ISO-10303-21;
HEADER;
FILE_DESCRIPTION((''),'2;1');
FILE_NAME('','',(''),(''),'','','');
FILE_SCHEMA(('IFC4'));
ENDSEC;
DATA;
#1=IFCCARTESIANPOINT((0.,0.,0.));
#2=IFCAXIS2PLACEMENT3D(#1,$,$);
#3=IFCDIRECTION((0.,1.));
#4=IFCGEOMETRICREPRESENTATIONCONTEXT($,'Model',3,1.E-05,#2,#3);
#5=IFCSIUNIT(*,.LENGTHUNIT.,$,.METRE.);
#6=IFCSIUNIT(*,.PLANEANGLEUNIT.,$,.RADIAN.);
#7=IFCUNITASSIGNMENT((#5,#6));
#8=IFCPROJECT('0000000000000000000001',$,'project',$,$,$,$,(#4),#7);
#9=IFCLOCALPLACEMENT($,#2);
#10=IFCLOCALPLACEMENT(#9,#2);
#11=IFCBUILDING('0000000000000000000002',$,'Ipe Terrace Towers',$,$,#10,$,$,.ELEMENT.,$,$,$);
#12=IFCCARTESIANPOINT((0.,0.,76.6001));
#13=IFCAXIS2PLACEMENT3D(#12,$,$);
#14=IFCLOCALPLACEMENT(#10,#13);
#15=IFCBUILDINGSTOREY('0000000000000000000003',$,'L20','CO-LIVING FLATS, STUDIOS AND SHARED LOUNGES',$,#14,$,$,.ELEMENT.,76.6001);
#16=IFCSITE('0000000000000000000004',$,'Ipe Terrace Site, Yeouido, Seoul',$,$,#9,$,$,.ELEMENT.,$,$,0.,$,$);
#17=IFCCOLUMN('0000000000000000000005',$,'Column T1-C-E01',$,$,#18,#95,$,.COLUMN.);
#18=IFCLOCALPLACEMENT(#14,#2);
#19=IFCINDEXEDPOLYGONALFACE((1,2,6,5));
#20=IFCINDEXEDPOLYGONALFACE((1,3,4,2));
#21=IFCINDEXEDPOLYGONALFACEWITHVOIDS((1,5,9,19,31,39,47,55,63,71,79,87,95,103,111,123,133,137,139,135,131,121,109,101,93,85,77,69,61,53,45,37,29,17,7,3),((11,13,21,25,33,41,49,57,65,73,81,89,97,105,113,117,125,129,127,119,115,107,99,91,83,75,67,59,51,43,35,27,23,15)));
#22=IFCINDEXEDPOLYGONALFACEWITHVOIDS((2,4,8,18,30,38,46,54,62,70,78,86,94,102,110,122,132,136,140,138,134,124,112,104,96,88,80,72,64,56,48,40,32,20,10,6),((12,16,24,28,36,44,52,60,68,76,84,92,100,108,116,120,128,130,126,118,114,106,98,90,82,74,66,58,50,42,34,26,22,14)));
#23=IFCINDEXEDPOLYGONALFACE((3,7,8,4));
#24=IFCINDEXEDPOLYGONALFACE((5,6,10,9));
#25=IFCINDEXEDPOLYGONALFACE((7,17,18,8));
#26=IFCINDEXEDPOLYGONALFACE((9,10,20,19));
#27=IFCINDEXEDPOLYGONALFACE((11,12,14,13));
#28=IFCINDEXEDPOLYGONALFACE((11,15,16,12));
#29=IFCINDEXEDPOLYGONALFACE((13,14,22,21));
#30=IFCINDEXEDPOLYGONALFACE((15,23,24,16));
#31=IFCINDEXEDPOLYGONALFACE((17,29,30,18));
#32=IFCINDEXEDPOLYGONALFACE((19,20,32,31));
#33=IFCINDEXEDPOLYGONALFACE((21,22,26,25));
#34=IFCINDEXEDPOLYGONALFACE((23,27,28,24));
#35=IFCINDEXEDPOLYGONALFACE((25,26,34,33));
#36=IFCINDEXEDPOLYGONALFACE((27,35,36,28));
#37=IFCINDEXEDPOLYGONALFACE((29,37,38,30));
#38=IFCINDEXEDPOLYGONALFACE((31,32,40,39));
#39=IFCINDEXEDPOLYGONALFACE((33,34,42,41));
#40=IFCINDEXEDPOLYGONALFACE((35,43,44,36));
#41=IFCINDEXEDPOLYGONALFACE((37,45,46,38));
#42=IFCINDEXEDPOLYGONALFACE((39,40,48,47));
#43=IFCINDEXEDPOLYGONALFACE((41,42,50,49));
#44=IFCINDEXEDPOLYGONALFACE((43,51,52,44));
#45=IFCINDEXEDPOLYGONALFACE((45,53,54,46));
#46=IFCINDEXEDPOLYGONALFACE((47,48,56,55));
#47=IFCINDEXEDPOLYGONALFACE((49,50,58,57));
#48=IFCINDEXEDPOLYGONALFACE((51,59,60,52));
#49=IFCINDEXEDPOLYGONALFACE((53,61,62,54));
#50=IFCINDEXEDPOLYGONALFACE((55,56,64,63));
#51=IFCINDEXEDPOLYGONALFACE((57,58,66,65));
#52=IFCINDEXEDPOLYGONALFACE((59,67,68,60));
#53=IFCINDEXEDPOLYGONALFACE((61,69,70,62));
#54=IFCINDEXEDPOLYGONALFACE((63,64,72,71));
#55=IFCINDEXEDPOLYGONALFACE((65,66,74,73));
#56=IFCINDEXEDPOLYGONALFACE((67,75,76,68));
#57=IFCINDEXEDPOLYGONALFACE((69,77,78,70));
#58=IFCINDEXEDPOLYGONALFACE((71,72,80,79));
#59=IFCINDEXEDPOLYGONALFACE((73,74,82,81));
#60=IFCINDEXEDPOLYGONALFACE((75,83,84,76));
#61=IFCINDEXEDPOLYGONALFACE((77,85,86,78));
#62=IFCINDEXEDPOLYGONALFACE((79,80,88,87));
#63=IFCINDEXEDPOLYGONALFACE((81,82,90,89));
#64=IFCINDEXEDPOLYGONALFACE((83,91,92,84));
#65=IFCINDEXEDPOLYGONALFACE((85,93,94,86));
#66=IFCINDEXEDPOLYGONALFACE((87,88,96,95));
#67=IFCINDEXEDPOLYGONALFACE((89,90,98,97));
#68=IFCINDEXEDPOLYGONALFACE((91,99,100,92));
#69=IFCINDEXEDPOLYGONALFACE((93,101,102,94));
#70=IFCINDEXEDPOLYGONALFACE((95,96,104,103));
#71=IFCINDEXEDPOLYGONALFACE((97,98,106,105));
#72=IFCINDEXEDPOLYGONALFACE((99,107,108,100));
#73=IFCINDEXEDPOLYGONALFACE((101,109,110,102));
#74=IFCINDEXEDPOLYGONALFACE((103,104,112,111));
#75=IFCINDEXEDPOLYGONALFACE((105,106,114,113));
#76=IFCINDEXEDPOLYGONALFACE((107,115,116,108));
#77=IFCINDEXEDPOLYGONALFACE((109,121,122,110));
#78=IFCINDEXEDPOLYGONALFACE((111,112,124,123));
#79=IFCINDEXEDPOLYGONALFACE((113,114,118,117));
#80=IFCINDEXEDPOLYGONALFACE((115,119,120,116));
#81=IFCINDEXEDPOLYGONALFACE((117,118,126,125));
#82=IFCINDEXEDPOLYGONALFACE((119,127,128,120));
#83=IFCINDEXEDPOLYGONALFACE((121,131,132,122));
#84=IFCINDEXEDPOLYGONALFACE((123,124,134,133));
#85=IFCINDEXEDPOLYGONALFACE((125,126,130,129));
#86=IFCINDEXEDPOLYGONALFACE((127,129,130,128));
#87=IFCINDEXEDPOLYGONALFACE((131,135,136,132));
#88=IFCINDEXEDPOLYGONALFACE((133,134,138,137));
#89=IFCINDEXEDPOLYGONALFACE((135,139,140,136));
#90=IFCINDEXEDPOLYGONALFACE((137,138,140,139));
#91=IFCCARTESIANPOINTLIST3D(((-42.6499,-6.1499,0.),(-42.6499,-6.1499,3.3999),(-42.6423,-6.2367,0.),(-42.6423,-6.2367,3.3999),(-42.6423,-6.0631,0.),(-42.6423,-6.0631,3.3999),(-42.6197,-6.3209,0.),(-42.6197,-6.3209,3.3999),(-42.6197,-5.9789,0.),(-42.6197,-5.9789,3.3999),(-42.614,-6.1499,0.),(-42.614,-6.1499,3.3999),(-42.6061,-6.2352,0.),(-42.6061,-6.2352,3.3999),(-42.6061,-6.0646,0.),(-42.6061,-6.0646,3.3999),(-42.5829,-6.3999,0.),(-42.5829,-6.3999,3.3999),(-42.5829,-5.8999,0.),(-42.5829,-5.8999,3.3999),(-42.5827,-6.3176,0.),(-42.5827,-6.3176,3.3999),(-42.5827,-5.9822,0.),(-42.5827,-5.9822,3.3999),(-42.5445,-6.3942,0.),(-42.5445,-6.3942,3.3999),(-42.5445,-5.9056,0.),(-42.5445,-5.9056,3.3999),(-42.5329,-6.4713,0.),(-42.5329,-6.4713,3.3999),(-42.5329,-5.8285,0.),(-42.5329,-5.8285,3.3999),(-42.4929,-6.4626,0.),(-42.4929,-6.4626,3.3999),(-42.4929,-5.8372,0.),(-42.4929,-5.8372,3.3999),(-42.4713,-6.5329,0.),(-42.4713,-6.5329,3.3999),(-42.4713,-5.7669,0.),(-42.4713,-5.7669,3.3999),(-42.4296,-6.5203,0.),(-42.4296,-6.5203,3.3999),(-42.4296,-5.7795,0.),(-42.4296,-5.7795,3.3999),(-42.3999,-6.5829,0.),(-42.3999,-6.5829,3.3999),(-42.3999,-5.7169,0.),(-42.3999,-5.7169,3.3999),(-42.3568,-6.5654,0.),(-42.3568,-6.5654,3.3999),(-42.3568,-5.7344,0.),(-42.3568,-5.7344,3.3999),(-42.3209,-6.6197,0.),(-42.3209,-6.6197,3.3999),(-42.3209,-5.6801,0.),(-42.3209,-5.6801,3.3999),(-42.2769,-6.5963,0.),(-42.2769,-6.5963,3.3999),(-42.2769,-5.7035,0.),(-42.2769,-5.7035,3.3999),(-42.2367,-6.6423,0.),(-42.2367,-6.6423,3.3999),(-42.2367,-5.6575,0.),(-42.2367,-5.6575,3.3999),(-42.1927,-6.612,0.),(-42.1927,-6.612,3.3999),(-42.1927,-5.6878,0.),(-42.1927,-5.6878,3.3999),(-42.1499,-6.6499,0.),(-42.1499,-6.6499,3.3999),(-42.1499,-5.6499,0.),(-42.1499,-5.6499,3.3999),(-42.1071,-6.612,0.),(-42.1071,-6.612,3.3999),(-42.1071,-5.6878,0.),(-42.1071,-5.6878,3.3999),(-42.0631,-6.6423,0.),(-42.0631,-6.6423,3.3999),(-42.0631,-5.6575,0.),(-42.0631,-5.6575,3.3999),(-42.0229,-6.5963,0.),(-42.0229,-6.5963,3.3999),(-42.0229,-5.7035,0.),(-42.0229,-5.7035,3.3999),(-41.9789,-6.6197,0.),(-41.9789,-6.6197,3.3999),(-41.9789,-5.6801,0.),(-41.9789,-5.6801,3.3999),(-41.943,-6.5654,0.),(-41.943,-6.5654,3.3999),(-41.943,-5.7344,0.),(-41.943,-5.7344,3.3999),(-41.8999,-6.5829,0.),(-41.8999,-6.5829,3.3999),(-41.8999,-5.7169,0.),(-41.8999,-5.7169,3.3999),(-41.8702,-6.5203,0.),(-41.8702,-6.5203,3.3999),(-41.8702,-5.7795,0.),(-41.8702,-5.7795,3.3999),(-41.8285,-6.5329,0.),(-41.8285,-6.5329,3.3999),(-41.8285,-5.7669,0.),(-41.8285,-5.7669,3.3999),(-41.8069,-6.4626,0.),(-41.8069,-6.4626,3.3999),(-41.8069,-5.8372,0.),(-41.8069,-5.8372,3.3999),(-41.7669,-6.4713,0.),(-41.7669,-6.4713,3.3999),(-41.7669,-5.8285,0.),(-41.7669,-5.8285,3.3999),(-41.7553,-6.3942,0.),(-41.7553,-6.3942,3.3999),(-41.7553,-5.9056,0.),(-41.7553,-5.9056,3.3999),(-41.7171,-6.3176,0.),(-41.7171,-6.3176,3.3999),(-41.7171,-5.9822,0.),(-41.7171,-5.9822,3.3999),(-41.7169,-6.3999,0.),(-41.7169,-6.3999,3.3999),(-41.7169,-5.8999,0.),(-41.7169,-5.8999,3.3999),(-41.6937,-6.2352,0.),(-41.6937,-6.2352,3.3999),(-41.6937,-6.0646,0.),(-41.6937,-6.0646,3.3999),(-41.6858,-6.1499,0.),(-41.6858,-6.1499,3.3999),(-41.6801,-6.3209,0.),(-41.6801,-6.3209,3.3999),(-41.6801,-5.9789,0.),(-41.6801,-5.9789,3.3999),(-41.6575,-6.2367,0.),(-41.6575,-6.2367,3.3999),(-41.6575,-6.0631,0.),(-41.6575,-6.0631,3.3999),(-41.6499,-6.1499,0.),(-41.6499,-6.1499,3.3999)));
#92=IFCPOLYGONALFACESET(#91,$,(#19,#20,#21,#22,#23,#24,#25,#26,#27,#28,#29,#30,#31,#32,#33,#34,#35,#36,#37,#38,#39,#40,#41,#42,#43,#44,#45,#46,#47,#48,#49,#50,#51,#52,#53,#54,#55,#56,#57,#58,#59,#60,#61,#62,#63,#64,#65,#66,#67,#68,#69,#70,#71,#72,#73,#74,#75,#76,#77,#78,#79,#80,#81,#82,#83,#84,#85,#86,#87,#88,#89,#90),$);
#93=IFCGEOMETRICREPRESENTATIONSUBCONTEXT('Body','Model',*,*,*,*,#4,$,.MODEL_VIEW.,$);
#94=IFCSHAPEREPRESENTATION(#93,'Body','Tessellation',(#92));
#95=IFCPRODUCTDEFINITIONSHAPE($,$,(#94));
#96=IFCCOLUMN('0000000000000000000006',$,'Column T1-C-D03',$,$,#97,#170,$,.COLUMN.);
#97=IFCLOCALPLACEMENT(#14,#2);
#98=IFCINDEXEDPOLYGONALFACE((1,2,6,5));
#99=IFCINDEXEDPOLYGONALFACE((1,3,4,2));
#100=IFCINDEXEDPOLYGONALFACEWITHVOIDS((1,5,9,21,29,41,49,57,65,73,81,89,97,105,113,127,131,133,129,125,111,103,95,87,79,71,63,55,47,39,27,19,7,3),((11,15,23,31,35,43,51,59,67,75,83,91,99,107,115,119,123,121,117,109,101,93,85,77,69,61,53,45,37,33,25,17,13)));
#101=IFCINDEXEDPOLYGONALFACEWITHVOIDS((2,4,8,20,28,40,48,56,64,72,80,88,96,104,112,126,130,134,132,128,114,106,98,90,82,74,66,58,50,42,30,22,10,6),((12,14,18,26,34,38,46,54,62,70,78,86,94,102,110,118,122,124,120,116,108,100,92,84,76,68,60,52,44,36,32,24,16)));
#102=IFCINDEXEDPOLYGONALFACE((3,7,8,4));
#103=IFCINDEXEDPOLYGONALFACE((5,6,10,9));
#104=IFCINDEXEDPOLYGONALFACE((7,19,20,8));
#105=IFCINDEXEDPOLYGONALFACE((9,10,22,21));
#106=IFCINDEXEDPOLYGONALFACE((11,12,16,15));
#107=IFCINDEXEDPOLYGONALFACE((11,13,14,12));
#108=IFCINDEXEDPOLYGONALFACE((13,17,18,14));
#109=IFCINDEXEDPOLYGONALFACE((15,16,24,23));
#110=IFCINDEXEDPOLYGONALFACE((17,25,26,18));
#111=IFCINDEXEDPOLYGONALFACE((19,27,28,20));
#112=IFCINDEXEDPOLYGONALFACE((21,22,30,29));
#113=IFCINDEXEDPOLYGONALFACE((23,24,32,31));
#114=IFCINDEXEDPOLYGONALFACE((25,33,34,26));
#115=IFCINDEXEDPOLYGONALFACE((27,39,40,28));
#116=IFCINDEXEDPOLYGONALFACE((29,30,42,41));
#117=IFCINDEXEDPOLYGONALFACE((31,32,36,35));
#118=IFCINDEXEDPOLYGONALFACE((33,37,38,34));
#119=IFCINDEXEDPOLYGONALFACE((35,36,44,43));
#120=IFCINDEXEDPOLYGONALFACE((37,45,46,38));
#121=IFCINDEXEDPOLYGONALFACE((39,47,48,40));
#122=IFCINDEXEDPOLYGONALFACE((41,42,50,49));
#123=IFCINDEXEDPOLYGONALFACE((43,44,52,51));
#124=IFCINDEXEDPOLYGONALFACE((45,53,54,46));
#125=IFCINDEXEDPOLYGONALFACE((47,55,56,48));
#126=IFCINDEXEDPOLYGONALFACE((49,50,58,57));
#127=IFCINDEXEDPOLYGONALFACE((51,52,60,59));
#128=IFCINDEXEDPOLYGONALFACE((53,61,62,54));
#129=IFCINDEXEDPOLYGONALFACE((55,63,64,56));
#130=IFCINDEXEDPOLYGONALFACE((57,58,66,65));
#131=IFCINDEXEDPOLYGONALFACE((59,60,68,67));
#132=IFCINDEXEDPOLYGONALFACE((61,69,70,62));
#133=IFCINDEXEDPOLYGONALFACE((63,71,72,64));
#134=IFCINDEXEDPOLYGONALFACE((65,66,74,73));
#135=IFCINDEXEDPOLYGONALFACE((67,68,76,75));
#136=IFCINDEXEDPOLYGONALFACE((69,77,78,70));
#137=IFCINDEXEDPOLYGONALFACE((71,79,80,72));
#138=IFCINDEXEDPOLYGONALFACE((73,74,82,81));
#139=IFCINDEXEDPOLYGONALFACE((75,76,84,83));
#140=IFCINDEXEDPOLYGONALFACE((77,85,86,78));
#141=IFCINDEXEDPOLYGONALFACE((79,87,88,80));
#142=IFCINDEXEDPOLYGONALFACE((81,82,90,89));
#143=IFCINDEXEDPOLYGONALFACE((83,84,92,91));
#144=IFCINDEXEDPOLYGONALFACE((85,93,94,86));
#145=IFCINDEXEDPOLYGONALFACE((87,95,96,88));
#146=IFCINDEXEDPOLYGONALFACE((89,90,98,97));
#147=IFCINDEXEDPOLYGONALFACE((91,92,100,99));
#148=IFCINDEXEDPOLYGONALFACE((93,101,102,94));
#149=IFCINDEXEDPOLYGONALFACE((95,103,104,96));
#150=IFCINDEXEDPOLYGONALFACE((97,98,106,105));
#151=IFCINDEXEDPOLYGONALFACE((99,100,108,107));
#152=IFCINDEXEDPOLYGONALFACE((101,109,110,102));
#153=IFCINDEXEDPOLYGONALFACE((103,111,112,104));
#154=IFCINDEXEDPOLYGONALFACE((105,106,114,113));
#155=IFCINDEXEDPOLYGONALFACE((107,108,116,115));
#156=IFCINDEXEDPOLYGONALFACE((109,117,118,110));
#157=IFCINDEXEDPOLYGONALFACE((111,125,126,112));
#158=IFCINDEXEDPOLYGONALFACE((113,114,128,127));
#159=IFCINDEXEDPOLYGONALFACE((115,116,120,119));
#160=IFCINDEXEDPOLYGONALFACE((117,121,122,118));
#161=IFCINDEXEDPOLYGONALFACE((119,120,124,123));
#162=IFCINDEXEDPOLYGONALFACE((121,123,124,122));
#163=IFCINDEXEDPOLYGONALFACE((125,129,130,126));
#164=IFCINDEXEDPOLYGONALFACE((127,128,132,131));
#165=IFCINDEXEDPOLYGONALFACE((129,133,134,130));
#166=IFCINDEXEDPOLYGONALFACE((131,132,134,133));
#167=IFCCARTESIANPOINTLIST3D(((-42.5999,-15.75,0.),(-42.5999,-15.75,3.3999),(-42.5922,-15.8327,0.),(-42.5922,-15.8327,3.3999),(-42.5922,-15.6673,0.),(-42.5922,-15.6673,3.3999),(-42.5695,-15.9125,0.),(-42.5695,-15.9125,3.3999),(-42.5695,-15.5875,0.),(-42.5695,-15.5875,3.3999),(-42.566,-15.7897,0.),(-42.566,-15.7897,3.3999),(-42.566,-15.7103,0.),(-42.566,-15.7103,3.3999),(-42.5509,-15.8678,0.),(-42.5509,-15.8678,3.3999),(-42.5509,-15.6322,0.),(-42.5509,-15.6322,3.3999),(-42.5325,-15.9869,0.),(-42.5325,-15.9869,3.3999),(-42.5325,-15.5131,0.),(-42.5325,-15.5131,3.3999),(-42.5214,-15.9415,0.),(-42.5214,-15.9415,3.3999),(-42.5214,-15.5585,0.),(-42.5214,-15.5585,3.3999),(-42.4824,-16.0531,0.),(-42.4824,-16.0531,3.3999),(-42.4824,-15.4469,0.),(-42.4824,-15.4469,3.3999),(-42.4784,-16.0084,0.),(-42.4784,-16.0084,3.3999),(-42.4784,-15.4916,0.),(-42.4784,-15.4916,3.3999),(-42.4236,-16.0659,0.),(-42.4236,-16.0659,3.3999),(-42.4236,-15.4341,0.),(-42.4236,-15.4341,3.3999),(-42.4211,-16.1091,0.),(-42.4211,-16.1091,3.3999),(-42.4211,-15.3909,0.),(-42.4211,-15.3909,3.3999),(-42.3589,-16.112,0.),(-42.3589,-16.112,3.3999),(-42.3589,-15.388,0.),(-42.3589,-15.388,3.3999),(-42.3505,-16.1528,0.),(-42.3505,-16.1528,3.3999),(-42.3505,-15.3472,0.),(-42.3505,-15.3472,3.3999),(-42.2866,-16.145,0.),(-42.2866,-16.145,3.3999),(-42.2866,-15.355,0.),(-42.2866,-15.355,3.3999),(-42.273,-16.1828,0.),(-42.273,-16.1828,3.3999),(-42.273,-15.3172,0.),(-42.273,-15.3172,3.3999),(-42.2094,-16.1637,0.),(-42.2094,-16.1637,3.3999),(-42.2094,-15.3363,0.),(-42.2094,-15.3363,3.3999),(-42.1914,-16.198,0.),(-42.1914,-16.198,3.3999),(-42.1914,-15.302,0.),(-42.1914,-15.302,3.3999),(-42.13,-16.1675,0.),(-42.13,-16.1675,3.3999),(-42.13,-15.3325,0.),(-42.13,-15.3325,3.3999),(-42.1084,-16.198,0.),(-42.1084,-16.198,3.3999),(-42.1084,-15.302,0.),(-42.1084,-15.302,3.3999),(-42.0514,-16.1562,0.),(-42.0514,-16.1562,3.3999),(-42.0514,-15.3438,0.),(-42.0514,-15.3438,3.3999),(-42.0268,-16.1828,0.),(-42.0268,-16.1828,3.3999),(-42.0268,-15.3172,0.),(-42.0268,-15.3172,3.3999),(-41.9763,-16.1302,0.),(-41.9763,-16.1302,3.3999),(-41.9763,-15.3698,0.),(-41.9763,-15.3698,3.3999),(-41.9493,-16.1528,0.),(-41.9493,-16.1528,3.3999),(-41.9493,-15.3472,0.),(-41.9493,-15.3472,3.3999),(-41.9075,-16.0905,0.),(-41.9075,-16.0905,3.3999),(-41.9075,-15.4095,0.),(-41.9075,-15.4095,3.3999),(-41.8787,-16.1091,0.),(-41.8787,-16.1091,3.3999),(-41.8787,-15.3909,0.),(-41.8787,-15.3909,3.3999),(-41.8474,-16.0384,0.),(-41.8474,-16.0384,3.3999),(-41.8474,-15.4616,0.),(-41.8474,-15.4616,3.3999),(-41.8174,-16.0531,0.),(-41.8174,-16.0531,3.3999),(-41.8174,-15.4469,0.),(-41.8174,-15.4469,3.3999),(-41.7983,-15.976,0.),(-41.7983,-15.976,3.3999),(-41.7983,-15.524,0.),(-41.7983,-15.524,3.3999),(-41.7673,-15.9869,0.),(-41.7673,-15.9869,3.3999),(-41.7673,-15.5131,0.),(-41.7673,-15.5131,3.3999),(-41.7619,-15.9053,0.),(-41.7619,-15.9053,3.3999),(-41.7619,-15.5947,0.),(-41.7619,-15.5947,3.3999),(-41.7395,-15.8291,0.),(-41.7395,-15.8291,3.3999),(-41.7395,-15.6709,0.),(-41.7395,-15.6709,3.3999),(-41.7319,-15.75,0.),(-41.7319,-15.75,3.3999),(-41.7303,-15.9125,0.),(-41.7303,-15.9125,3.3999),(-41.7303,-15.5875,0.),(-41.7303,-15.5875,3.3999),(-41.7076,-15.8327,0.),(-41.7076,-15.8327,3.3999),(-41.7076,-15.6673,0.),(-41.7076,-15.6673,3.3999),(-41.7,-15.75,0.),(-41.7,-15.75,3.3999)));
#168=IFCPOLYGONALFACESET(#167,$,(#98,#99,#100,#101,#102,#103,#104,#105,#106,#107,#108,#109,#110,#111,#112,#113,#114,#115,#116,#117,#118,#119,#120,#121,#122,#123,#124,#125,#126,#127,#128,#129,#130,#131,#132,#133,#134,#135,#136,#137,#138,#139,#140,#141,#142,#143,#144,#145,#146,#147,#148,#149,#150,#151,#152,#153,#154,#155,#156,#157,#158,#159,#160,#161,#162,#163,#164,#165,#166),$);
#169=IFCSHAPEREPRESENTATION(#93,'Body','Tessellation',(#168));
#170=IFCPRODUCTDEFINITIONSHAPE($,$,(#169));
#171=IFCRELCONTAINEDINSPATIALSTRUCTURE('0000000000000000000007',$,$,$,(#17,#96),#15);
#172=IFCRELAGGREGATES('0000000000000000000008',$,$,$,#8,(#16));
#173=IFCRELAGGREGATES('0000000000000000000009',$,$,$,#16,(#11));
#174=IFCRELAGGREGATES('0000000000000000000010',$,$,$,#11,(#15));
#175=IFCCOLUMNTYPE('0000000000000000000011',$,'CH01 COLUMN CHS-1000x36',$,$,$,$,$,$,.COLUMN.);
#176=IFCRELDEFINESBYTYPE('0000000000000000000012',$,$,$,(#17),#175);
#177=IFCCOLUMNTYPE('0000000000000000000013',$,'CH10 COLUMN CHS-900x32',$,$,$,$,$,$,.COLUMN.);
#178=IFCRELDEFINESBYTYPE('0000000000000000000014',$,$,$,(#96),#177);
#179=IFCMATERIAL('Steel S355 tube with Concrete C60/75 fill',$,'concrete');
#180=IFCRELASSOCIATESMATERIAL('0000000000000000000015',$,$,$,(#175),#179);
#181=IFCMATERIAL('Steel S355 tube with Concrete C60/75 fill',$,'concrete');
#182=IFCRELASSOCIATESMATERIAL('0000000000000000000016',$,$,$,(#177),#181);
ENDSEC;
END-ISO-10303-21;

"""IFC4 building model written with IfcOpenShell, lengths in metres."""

from ifc_helpers import new_model, si_unit, direction, frame, origin, origin_2d, place, context, subcontext, project, spatial, hollow_circle, extrude, material, material_profile, profile_set, type_object, element, save


model = new_model("IFC4")

# Units and contexts
model_context = context("Model", 3, precision=1e-05, world=origin(), true_north=direction((0.0, 1.0)))
body_context = subcontext(model_context, "Body", "Model", "MODEL_VIEW")
ifc_project = project(units=[si_unit("LENGTHUNIT", "METRE"), si_unit("PLANEANGLEUNIT", "RADIAN")], contexts=[model_context])

# Site, building, storey
site_placement = place(None, origin())
site = spatial("IfcSite", under=ifc_project, at=site_placement, Name="Ipe Terrace Site, Yeouido, Seoul", CompositionType="ELEMENT", RefElevation=0.0)
building_placement = place(site_placement, origin())
building = spatial("IfcBuilding", under=site, at=building_placement, Name="Ipe Terrace Towers", CompositionType="ELEMENT")
storey_placement = place(building_placement, frame((0.0, 0.0, 76.6001)))
storey = spatial("IfcBuildingStorey", under=building, at=storey_placement, Name="L20", Description="CO-LIVING FLATS, STUDIOS AND SHARED LOUNGES", CompositionType="ELEMENT", Elevation=76.6001)

# Columns
ifc_material_1 = material(Name="Steel S355 tube with Concrete C60/75 fill", Category="concrete")
ifc_material_profile_1 = material_profile(ifc_material_1, hollow_circle(Radius=0.5, WallThickness=0.0359, at=origin_2d()), Name="CHS-1000x36")
ifc_profile_set_1 = profile_set([ifc_material_profile_1], Name="Steel S355 tube with Concrete C60/75 fill")
column_type_1 = type_object("IfcColumnType", Name="CH01 COLUMN CHS-1000x36", PredefinedType="COLUMN", material=ifc_profile_set_1)
column_placement = place(storey_placement, frame((-42.1499, -6.1499, 0.0), z_axis=(0.0, 0.0, 1.0), x_axis=(1.0, 0.0, 0.0)))
element("IfcColumn", 1, at=column_placement, inside=storey, type_object=column_type_1, Name="Column T1-C-E01", PredefinedType="COLUMN", context=body_context, shape_type="SweptSolid", body=[
    extrude(hollow_circle(Radius=0.5, WallThickness=0.0359, at=origin_2d()), origin(), (0.0, 0.0, 1.0), 3.3999),
])
ifc_material_2 = material(Name="Steel S355 tube with Concrete C60/75 fill", Category="concrete")
ifc_material_profile_2 = material_profile(ifc_material_2, hollow_circle(Radius=0.45, WallThickness=0.032, at=origin_2d()), Name="CHS-900x32")
ifc_profile_set_2 = profile_set([ifc_material_profile_2], Name="Steel S355 tube with Concrete C60/75 fill")
column_type_2 = type_object("IfcColumnType", Name="CH10 COLUMN CHS-900x32", PredefinedType="COLUMN", material=ifc_profile_set_2)
for number, where, z_axis, x_axis, name in (
    (2, (-42.1499, -15.75, 0.0), (0.0, 0.0, 1.0), (1.0, 0.0, 0.0), "Column T1-C-D03"),
):
    element("IfcColumn", number, at=place(storey_placement, frame(where, z_axis=z_axis, x_axis=x_axis)), inside=storey, type_object=column_type_2, Name=name, PredefinedType="COLUMN", context=body_context, shape_type="SweptSolid", body=[
        extrude(hollow_circle(Radius=0.45, WallThickness=0.032, at=origin_2d()), origin(), (0.0, 0.0, 1.0), 3.3999),
    ])

save(model, "model.ifc")
